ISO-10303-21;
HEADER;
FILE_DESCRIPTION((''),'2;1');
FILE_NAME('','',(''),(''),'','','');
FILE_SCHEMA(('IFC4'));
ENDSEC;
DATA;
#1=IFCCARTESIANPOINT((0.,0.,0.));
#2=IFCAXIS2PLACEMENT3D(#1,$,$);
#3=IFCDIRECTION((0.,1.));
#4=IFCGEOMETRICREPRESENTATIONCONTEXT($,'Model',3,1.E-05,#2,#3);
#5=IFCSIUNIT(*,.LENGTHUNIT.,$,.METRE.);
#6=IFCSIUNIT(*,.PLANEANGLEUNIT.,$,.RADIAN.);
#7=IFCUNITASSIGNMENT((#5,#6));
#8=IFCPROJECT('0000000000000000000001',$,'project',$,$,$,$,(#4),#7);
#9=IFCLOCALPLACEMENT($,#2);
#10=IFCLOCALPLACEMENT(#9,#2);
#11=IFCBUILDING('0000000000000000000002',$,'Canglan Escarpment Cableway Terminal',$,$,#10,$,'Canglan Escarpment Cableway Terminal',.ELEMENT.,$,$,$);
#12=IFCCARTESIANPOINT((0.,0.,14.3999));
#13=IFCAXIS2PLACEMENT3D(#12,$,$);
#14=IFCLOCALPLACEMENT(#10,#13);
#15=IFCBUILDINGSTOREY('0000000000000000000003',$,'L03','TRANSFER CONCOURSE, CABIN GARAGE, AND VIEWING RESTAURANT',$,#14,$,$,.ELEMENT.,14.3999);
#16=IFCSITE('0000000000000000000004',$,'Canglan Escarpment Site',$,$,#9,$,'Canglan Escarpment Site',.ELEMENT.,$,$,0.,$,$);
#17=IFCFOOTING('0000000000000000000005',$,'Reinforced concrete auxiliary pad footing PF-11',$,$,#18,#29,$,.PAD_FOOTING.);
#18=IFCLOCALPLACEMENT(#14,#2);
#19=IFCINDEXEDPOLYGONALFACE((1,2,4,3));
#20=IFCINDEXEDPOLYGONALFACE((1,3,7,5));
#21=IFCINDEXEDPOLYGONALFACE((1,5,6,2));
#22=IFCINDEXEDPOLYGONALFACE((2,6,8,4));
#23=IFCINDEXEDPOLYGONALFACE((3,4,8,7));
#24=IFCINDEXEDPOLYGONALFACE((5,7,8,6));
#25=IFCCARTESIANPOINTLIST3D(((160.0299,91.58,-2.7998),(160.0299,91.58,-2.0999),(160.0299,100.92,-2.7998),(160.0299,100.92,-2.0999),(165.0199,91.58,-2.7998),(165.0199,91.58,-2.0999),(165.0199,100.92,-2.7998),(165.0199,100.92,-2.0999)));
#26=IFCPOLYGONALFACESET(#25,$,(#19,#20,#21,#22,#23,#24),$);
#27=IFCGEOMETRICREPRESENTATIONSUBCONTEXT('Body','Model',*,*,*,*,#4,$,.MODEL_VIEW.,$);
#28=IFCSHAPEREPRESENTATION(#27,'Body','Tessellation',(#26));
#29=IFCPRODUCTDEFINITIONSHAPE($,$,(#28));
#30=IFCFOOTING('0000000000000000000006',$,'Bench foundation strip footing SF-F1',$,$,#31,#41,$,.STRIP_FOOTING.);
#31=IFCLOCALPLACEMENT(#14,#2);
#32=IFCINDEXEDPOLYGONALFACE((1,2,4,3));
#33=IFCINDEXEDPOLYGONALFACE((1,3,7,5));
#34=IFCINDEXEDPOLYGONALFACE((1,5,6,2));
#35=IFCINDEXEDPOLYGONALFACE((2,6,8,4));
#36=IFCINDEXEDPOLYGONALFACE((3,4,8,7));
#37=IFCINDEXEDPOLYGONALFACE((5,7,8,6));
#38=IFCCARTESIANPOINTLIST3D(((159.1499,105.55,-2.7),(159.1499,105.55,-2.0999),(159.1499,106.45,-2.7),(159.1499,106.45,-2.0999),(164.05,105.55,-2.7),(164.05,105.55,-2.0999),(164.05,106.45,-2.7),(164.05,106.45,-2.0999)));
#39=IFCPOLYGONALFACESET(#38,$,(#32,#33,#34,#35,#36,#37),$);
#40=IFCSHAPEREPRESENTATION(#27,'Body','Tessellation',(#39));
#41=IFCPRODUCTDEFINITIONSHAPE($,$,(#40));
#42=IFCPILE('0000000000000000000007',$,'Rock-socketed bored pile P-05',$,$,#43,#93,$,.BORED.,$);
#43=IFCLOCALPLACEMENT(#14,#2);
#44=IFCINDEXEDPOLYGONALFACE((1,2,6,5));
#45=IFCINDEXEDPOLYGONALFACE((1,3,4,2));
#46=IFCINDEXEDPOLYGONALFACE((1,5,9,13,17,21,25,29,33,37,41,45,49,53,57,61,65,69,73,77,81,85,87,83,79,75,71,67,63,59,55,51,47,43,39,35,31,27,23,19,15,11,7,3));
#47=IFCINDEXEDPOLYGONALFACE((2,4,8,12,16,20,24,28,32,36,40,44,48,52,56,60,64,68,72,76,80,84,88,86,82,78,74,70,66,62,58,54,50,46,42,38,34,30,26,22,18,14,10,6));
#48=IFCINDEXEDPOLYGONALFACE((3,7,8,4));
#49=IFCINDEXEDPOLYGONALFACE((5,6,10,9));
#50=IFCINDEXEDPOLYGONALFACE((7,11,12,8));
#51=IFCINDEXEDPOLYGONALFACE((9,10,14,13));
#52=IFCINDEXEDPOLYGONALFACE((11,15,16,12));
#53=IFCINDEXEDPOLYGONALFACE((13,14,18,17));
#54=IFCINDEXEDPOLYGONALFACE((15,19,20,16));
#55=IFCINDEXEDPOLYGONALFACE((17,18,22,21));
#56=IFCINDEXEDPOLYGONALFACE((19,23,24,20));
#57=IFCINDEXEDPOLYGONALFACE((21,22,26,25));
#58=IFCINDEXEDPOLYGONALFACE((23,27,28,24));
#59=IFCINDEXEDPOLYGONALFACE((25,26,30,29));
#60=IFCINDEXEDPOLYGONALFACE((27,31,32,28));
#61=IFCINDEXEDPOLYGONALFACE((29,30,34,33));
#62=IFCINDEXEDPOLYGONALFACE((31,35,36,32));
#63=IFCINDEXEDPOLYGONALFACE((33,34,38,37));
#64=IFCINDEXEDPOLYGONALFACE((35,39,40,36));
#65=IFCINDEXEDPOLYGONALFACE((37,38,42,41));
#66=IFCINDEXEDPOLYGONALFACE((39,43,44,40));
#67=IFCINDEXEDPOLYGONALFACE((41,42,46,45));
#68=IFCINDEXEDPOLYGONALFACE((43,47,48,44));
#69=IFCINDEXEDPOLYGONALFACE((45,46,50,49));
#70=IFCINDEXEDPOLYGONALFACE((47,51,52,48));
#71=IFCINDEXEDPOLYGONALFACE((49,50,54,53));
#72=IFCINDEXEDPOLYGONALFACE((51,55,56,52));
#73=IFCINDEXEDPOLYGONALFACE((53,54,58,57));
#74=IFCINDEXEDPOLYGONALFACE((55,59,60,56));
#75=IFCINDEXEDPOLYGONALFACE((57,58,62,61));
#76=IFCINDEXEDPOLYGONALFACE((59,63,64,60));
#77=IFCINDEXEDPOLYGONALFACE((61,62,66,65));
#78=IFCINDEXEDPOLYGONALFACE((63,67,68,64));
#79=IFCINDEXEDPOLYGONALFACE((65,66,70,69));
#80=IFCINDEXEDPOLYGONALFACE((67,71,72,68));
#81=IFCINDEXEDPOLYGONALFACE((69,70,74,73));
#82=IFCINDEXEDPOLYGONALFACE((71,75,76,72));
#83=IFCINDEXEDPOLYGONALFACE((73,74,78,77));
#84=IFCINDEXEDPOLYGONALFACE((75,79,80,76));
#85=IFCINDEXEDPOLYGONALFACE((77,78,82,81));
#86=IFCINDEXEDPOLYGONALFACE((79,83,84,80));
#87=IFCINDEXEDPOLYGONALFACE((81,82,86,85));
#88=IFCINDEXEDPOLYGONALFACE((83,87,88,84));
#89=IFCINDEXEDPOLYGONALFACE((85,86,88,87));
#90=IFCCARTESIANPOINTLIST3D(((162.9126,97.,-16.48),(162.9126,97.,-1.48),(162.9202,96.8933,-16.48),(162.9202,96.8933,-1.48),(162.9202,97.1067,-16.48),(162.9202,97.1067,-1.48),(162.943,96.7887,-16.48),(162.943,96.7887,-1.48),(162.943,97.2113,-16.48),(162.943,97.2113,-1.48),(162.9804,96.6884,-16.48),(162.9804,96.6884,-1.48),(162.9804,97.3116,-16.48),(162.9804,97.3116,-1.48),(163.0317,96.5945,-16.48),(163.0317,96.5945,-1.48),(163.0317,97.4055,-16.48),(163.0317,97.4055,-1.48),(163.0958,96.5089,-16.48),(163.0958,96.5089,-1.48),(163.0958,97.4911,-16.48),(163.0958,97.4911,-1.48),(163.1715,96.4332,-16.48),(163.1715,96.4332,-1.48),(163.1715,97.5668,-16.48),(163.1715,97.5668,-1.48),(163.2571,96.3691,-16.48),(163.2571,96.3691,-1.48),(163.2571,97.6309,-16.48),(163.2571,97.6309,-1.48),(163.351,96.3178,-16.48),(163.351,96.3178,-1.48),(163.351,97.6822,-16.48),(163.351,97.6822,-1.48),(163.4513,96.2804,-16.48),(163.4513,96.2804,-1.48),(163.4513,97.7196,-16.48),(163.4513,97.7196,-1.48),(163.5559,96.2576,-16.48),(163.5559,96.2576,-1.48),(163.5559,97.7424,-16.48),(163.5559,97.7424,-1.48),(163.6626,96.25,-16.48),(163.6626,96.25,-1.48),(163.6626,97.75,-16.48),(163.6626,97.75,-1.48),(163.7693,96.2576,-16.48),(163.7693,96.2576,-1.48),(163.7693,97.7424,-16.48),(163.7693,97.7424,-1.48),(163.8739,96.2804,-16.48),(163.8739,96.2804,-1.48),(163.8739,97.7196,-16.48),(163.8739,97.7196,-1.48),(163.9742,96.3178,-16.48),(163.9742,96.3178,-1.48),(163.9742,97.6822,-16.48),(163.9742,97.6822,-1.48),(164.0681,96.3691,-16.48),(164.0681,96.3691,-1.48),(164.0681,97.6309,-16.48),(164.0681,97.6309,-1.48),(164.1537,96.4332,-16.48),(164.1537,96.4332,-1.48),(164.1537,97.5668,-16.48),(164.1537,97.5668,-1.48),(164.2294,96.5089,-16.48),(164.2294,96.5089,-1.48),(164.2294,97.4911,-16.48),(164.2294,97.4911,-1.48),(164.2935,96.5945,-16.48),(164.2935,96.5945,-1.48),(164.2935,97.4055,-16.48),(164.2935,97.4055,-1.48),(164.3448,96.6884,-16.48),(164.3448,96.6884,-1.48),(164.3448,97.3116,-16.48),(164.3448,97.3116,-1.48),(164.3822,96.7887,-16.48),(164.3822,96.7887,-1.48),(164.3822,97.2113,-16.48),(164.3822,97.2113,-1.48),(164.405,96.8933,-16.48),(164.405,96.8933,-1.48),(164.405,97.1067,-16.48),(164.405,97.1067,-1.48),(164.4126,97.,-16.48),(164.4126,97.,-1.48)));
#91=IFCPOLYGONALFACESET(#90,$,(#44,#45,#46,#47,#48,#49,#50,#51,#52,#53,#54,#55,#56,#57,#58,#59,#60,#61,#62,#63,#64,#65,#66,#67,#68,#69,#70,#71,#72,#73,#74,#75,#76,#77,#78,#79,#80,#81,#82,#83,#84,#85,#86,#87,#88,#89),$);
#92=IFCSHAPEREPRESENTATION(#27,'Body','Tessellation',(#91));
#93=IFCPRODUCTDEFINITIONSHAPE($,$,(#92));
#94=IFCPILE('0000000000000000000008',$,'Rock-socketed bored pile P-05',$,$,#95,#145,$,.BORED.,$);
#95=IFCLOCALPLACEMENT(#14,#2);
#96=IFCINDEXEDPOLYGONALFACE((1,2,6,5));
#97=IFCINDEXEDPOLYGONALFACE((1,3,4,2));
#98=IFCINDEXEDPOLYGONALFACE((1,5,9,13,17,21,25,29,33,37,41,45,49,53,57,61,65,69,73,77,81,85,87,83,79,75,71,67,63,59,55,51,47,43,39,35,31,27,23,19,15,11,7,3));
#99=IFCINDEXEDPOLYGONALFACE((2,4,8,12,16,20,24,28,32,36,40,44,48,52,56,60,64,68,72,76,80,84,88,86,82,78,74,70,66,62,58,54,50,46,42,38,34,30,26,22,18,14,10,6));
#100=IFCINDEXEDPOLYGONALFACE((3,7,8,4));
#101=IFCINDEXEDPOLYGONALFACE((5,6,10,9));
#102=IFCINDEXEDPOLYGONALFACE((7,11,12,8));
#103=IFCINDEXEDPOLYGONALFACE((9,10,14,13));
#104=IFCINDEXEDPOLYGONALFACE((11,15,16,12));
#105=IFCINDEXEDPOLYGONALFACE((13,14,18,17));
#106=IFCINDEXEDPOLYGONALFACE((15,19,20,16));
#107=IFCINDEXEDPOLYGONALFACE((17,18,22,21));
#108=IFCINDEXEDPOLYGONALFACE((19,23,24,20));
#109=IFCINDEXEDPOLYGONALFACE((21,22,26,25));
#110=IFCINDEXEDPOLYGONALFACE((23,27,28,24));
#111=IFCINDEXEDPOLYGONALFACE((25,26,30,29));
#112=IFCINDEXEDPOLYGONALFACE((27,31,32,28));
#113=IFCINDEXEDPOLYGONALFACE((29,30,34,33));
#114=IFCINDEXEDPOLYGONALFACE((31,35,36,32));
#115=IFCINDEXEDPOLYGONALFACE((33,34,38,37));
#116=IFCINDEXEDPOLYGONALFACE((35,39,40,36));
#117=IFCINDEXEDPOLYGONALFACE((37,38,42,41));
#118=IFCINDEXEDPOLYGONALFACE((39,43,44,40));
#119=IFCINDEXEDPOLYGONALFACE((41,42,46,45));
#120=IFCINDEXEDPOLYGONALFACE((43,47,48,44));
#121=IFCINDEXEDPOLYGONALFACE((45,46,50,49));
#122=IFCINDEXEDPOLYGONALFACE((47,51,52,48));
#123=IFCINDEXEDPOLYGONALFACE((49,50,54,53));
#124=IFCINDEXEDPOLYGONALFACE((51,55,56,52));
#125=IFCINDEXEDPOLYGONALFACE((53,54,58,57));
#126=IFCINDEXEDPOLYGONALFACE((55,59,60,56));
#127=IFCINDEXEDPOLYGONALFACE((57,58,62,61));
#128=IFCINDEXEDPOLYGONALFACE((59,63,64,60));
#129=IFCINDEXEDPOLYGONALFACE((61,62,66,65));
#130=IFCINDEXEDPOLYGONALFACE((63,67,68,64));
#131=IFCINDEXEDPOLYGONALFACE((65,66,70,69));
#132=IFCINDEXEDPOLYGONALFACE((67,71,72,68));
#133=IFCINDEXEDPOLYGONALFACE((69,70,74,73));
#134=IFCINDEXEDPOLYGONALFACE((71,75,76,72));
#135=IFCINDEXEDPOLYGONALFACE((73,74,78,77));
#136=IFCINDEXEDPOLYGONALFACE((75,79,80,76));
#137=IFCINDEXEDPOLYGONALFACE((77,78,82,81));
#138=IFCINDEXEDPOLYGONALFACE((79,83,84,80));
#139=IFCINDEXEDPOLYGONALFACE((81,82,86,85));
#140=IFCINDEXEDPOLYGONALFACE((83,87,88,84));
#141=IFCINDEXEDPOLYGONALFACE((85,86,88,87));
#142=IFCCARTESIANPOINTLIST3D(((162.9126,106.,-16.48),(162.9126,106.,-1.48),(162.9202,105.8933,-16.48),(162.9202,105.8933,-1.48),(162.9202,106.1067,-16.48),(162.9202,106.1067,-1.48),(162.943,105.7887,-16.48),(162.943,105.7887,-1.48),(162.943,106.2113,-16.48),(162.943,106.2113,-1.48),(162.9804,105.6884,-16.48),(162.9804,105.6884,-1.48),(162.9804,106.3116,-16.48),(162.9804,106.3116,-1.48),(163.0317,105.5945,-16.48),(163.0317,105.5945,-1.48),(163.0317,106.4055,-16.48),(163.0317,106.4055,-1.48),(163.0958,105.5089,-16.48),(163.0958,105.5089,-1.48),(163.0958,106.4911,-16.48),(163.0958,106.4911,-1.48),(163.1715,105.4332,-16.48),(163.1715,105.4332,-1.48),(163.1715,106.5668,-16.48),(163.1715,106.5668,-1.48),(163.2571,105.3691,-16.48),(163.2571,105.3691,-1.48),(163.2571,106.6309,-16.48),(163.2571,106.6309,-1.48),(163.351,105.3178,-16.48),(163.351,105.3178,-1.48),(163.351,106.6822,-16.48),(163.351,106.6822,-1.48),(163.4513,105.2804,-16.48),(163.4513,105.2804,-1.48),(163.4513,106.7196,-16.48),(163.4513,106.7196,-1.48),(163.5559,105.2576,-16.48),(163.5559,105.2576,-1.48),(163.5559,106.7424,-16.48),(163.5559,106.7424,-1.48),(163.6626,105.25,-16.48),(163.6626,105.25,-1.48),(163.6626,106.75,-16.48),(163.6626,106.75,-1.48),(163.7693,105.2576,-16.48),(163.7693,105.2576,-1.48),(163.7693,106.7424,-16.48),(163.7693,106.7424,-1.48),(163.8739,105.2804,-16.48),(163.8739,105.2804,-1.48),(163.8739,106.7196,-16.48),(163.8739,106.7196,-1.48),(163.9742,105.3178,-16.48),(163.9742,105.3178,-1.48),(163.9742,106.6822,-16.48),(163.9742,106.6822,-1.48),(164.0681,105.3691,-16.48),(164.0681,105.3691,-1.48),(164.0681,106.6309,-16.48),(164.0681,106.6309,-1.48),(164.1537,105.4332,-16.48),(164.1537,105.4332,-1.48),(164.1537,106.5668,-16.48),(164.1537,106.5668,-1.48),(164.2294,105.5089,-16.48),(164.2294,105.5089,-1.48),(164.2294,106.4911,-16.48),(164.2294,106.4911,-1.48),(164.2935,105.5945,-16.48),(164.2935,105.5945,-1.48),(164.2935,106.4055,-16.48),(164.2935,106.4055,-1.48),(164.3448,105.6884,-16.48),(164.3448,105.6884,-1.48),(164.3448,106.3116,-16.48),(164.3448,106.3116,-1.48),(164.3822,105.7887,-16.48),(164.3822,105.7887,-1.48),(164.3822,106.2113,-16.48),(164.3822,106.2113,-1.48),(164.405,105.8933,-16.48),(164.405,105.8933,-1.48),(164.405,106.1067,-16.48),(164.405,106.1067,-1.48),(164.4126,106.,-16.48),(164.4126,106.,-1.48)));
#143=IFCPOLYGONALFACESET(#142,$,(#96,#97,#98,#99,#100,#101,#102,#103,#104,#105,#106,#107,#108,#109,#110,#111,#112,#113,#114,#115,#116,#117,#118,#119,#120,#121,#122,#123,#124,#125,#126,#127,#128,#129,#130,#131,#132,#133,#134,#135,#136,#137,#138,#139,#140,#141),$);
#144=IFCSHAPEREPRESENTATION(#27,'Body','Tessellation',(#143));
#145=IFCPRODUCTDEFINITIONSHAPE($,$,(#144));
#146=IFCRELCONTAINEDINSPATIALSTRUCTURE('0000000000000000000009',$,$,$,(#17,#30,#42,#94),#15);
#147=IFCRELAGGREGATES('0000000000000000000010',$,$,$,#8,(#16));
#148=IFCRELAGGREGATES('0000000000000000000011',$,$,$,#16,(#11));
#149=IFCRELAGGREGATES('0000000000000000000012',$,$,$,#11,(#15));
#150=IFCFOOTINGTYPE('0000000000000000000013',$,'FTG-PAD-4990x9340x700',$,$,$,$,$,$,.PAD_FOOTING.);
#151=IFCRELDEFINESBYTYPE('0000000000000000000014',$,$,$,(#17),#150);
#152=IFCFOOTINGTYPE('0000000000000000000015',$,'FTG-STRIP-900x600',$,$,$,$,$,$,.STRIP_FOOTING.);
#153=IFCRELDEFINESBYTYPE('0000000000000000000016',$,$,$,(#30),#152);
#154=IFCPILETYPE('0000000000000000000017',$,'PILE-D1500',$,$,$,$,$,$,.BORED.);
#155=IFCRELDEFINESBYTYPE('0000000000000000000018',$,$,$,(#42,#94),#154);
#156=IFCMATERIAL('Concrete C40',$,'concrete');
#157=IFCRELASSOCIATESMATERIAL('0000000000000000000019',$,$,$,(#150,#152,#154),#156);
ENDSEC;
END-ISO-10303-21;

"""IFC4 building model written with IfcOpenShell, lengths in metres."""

from ifc_helpers import new_model, si_unit, direction, frame, origin, origin_2d, place, context, subcontext, project, spatial, rectangle, circle, extrude, material, material_profile, profile_set, type_object, element, save


model = new_model("IFC4")

# Units and contexts
model_context = context("Model", 3, precision=1e-05, world=origin(), true_north=direction((0.0, 1.0)))
body_context = subcontext(model_context, "Body", "Model", "MODEL_VIEW")
ifc_project = project(units=[si_unit("LENGTHUNIT", "METRE"), si_unit("PLANEANGLEUNIT", "RADIAN")], contexts=[model_context])

# Site, building, storey
site_placement = place(None, origin())
site = spatial("IfcSite", under=ifc_project, at=site_placement, Name="Canglan Escarpment Site", LongName="Canglan Escarpment Site", CompositionType="ELEMENT", RefElevation=0.0)
building_placement = place(site_placement, origin())
building = spatial("IfcBuilding", under=site, at=building_placement, Name="Canglan Escarpment Cableway Terminal", LongName="Canglan Escarpment Cableway Terminal", CompositionType="ELEMENT")
storey_placement = place(building_placement, frame((0.0, 0.0, 14.3999)))
storey = spatial("IfcBuildingStorey", under=building, at=storey_placement, Name="L03", Description="TRANSFER CONCOURSE, CABIN GARAGE, AND VIEWING RESTAURANT", CompositionType="ELEMENT", Elevation=14.3999)

# Footings
ifc_material_1 = material(Name="Concrete C40", Category="concrete")
footing_type_1 = type_object("IfcFootingType", Name="FTG-PAD-4990x9340x700", PredefinedType="PAD_FOOTING", material=ifc_material_1)
footing_1_placement = place(storey_placement, frame((162.5249, 96.25, -2.7998), z_axis=(0.0, 0.0, 1.0), x_axis=(1.0, 0.0, 0.0)))
element("IfcFooting", 1, at=footing_1_placement, inside=storey, type_object=footing_type_1, Name="Reinforced concrete auxiliary pad footing PF-11", PredefinedType="PAD_FOOTING", context=body_context, shape_type="SweptSolid", body=[
    extrude(rectangle(XDim=4.99, YDim=9.3401, at=origin_2d()), origin(), (0.0, 0.0, 1.0), 0.7),
])
ifc_material_profile_1 = material_profile(ifc_material_1, rectangle(XDim=0.8999, YDim=0.6001, at=origin_2d()), Name="SF 900x600")
ifc_profile_set_1 = profile_set([ifc_material_profile_1], Name="Concrete C40")
footing_type_2 = type_object("IfcFootingType", Name="FTG-STRIP-900x600", PredefinedType="STRIP_FOOTING", material=ifc_profile_set_1)
footing_2_placement = place(storey_placement, frame((159.1499, 106.0, -2.3999), z_axis=(1.0, 0.0, 0.0), x_axis=(0.0, 1.0, 0.0)))
element("IfcFooting", 2, at=footing_2_placement, inside=storey, type_object=footing_type_2, Name="Bench foundation strip footing SF-F1", PredefinedType="STRIP_FOOTING", context=body_context, shape_type="SweptSolid", body=[
    extrude(rectangle(XDim=0.8999, YDim=0.6001, at=origin_2d()), origin(), (0.0, 0.0, 1.0), 4.9001),
])

# Piles
ifc_material_profile_2 = material_profile(ifc_material_1, circle(Radius=0.75, at=origin_2d()), Name="BORED PILE D1500")
ifc_profile_set_2 = profile_set([ifc_material_profile_2], Name="Concrete C40")
pile_type = type_object("IfcPileType", Name="PILE-D1500", PredefinedType="BORED", material=ifc_profile_set_2)
for number, where, z_axis, x_axis, name in (
    (3, (163.6626, 97.0, -1.48), (0.0, 0.0, -1.0), (1.0, 0.0, 0.0), "Rock-socketed bored pile P-05"),
    (4, (163.6626, 106.0, -1.48), (0.0, 0.0, -1.0), (1.0, 0.0, 0.0), "Rock-socketed bored pile P-05"),
):
    element("IfcPile", number, at=place(storey_placement, frame(where, z_axis=z_axis, x_axis=x_axis)), inside=storey, type_object=pile_type, Name=name, PredefinedType="BORED", context=body_context, shape_type="SweptSolid", body=[
        extrude(circle(Radius=0.75, at=origin_2d()), origin(), (0.0, 0.0, 1.0), 15.0),
    ])

save(model, "model.ifc")
